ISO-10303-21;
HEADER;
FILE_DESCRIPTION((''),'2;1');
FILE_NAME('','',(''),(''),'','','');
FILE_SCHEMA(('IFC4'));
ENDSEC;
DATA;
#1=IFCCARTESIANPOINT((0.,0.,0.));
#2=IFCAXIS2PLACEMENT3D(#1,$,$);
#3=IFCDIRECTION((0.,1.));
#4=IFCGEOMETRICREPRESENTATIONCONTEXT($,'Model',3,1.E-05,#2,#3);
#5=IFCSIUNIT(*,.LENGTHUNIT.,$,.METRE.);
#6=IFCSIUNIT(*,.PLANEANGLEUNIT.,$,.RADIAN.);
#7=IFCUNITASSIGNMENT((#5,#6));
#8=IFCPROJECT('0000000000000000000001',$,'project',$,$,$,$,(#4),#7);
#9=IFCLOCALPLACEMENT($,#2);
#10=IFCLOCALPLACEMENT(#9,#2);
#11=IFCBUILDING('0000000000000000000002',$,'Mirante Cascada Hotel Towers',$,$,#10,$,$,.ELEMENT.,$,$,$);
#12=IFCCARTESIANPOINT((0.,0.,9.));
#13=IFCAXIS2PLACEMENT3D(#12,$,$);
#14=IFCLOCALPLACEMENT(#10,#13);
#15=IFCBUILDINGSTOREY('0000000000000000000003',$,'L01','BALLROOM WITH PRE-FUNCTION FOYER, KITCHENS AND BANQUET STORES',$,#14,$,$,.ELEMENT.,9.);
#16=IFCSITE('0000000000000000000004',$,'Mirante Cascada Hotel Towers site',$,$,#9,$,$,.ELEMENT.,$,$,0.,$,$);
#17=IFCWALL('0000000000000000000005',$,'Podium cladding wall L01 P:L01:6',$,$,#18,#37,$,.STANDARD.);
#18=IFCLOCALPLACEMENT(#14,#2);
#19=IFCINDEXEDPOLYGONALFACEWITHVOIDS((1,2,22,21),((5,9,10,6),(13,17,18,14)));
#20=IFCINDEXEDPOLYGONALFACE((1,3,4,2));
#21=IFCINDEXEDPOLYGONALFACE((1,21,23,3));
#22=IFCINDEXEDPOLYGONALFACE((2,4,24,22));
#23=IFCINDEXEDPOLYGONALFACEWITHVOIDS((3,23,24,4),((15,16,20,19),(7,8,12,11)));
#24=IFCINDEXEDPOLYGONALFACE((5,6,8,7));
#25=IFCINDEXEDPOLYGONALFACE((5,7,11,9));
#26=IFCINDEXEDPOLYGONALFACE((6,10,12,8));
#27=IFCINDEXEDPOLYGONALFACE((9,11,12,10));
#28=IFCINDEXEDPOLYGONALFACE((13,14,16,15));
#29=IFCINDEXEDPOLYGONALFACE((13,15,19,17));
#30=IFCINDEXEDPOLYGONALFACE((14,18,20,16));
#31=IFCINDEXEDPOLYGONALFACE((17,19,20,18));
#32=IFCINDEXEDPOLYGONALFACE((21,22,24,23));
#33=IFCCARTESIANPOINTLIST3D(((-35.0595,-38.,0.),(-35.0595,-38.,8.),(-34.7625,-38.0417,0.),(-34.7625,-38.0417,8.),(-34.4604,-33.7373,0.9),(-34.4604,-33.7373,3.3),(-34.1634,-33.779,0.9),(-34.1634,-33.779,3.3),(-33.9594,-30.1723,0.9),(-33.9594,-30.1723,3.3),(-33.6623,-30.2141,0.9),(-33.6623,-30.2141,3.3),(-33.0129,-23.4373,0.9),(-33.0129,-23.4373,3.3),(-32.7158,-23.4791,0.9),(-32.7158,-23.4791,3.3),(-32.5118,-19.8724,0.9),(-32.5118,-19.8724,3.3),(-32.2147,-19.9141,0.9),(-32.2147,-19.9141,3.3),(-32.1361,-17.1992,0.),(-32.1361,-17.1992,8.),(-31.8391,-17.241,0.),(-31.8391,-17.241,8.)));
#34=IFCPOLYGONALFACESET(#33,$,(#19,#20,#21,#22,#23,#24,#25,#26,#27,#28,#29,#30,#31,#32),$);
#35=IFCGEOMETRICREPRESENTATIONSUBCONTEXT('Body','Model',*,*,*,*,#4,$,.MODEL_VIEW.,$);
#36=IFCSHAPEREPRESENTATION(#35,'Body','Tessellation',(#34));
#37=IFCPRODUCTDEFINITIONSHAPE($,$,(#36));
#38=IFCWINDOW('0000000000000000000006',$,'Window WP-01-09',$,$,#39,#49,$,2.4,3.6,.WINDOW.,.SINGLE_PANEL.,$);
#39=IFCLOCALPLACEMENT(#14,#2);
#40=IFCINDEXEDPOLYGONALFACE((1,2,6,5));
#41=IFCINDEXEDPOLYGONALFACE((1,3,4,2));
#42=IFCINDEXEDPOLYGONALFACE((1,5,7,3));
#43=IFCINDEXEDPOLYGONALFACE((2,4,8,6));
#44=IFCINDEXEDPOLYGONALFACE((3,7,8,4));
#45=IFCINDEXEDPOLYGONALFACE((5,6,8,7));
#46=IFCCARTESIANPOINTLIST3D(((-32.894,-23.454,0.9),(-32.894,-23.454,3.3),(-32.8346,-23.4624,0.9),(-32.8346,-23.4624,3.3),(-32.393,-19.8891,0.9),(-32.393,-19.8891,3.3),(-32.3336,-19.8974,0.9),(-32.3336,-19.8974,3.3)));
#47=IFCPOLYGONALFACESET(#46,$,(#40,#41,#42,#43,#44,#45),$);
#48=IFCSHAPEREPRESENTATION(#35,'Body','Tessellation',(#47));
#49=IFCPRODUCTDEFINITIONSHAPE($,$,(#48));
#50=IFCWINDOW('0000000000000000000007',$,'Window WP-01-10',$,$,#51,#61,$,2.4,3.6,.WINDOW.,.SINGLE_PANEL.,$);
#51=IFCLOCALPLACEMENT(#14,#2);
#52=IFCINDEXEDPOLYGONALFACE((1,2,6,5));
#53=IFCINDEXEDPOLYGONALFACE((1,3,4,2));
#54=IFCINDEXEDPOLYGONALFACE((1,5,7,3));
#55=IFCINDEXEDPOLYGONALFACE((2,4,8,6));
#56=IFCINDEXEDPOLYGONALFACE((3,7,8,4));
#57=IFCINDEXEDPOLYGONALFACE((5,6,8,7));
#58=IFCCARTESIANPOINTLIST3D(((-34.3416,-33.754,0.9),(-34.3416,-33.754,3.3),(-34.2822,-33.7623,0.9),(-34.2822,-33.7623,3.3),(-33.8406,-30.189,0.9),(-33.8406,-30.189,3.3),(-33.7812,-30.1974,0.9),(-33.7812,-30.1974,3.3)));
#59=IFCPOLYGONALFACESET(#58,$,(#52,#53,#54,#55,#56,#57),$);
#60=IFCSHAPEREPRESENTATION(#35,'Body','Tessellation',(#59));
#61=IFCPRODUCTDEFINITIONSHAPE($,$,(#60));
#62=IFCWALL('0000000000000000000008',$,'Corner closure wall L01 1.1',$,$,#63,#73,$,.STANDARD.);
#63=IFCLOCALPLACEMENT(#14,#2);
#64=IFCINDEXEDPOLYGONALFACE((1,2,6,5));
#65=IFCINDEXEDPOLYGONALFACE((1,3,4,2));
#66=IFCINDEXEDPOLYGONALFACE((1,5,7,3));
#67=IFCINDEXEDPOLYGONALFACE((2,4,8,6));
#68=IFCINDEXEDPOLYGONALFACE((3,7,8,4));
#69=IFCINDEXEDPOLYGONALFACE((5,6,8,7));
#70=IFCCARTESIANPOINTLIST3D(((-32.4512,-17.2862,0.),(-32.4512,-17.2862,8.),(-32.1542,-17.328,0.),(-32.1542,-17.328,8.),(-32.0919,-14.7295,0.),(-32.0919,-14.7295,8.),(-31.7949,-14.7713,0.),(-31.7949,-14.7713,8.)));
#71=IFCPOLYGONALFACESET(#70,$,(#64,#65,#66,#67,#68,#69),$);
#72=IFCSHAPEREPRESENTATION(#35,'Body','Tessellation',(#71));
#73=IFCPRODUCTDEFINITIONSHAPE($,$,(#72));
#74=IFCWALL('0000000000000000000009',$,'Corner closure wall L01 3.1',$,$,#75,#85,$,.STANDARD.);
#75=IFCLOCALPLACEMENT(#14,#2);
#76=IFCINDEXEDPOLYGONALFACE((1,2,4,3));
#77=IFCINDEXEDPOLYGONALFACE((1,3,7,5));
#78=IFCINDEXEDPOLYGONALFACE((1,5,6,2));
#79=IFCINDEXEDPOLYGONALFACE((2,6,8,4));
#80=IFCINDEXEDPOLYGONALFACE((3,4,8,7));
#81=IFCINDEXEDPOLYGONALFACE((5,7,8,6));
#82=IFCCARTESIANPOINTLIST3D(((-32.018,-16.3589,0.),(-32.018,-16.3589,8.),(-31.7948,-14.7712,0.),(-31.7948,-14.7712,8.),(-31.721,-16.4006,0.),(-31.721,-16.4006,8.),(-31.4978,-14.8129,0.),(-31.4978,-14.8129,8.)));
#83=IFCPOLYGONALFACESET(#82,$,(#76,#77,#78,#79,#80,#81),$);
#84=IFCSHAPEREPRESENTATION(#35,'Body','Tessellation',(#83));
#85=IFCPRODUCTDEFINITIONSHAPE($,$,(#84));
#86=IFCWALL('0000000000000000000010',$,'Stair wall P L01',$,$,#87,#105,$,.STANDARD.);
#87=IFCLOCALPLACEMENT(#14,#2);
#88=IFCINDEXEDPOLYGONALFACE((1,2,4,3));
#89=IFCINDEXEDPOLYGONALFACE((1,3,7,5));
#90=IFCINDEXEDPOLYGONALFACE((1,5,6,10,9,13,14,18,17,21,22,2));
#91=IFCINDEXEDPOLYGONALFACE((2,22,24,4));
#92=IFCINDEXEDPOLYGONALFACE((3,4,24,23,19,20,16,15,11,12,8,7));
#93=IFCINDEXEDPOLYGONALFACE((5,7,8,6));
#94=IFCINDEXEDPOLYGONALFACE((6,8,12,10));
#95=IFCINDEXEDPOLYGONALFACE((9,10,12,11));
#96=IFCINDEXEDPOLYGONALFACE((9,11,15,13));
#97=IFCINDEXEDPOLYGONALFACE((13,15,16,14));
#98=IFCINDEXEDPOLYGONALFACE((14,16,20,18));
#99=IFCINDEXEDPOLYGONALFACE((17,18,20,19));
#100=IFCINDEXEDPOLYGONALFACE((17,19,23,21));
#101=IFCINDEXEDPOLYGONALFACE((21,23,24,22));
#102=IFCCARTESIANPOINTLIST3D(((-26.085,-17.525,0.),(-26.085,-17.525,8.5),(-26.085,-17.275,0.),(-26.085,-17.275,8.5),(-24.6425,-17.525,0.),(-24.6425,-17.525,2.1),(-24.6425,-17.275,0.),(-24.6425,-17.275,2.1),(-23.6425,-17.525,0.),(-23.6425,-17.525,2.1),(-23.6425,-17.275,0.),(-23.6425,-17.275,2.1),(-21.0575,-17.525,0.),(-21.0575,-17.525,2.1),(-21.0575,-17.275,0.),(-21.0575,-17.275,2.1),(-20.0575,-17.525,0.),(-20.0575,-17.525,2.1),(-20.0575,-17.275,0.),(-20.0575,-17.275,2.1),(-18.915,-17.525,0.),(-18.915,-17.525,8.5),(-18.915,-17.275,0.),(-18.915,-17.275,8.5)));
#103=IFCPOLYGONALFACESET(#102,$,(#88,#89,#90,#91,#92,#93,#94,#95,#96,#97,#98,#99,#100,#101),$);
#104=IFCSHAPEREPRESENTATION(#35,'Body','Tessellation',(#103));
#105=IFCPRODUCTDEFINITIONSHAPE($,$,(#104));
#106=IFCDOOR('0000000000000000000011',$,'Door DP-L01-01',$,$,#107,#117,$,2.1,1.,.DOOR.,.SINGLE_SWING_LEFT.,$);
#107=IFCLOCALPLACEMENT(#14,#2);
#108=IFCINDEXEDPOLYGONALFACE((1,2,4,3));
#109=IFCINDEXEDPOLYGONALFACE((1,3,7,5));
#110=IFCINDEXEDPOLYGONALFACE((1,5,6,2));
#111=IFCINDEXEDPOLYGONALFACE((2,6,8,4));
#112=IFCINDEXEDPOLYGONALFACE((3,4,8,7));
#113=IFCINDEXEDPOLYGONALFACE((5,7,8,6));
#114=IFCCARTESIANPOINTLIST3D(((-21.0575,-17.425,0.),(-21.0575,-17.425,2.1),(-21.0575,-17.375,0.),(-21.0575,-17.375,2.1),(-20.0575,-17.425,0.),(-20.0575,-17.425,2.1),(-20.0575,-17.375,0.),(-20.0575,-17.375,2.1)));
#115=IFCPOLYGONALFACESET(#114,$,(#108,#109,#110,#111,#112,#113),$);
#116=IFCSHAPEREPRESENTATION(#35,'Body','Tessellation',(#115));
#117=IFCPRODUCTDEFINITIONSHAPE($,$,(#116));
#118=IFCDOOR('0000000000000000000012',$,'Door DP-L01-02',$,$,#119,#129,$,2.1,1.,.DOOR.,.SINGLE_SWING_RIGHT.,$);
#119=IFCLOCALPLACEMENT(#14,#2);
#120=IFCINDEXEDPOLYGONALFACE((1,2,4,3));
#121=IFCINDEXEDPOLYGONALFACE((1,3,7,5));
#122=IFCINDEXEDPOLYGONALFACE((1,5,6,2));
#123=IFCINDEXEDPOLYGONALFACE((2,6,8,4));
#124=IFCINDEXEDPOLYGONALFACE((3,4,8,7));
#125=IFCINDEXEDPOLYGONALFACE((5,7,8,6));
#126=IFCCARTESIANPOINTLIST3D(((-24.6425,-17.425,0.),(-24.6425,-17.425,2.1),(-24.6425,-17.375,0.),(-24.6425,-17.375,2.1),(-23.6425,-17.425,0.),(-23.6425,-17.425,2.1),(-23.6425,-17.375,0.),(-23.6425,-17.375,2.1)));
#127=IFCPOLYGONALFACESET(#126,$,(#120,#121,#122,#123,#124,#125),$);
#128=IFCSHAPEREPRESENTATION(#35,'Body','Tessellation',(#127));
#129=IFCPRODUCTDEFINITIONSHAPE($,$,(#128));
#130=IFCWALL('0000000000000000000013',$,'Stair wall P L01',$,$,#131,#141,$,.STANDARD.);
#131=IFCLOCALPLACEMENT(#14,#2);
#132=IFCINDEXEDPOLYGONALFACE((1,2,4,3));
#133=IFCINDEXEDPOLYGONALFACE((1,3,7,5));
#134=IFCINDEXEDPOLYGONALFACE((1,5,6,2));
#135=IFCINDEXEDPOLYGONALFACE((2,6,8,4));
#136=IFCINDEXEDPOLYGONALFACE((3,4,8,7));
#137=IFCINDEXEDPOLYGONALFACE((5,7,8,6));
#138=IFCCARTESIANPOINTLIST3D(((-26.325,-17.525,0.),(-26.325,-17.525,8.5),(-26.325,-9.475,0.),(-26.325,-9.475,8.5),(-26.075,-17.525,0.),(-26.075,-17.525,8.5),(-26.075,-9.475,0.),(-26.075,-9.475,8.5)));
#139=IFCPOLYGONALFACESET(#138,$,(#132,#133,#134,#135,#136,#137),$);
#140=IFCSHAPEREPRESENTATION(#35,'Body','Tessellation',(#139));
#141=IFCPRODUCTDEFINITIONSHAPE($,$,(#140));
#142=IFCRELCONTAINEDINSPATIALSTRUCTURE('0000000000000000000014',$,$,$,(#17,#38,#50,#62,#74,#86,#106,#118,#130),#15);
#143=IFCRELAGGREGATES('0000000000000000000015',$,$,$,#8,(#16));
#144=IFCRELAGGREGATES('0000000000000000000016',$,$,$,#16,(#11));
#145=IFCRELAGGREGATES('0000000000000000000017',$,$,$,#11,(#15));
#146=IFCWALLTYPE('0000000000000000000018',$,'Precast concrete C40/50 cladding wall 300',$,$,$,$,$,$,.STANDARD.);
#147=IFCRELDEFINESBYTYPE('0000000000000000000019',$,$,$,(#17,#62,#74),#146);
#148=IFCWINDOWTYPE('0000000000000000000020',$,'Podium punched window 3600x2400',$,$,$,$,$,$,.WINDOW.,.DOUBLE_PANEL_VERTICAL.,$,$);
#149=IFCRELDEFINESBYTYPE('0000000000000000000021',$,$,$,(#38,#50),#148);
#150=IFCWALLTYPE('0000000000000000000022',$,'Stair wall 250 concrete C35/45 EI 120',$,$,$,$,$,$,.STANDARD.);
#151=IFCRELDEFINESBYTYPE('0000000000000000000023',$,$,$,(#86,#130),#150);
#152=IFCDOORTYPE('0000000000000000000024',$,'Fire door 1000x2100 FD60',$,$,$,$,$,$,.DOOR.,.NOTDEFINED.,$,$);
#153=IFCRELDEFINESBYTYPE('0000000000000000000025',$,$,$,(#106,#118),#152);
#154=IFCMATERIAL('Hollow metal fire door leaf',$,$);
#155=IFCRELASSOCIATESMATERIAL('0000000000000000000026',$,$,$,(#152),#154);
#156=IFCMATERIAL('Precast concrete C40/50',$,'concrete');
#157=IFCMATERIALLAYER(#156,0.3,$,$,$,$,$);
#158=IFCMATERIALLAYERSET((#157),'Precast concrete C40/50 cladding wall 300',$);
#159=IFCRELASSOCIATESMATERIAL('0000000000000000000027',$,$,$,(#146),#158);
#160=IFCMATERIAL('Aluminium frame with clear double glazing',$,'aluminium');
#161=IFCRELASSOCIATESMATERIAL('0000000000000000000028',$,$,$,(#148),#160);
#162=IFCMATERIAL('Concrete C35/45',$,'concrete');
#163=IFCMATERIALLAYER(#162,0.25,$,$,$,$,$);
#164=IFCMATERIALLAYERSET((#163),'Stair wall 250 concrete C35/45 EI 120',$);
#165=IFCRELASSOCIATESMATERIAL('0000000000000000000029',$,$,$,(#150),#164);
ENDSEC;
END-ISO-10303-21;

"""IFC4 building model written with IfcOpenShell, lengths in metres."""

from ifc_helpers import new_model, si_unit, direction, frame, frame_2d, origin, place, context, subcontext, project, spatial, rectangle, extrude, material, layer, layer_set, type_object, element, fill, save


model = new_model("IFC4")

# Units and contexts
model_context = context("Model", 3, precision=1e-05, world=origin(), true_north=direction((0.0, 1.0)))
body_context = subcontext(model_context, "Body", "Model", "MODEL_VIEW")
ifc_project = project(units=[si_unit("LENGTHUNIT", "METRE"), si_unit("PLANEANGLEUNIT", "RADIAN")], contexts=[model_context])

# Site, building, storey
site_placement = place(None, origin())
site = spatial("IfcSite", under=ifc_project, at=site_placement, Name="Mirante Cascada Hotel Towers site", CompositionType="ELEMENT", RefElevation=0.0)
building_placement = place(site_placement, origin())
building = spatial("IfcBuilding", under=site, at=building_placement, Name="Mirante Cascada Hotel Towers", CompositionType="ELEMENT")
storey_placement = place(building_placement, frame((0.0, 0.0, 9.0)))
storey = spatial("IfcBuildingStorey", under=building, at=storey_placement, Name="L01", Description="BALLROOM WITH PRE-FUNCTION FOYER, KITCHENS AND BANQUET STORES", CompositionType="ELEMENT", Elevation=9.0)

# Shared definitions
ifc_material_1 = material(Name="Hollow metal fire door leaf")
door_type = type_object("IfcDoorType", Name="Fire door 1000x2100 FD60", OperationType="NOTDEFINED", PredefinedType="DOOR", material=ifc_material_1)

# Shared definitions
ifc_material_2 = material(Name="Precast concrete C40/50", Category="concrete")
ifc_layer_1 = layer(ifc_material_2, 0.3)
ifc_layer_set_1 = layer_set([ifc_layer_1], Name="Precast concrete C40/50 cladding wall 300")
wall_type_1 = type_object("IfcWallType", Name="Precast concrete C40/50 cladding wall 300", PredefinedType="STANDARD", material=ifc_layer_set_1)

# Wall, openings, windows
wall_1_placement = place(storey_placement, frame((-31.9876, -17.2201, 0.0), z_axis=(0.0, 0.0, 1.0), x_axis=(-0.139175, -0.990268, 0.0)))
wall_1 = element("IfcWall", 1, at=wall_1_placement, inside=storey, type_object=wall_type_1, Name="Podium cladding wall L01 P:L01:6", PredefinedType="STANDARD", context=body_context, shape_type="SweptSolid", body=[
    extrude(rectangle(XDim=21.0052, YDim=0.3, at=frame_2d((10.5026, 0.0))), origin(), (0.0, 0.0, 1.0), 8.0),
])
opening_1_placement = place(wall_1_placement, frame((2.6994, 0.0, 0.9)))
opening_1 = element("IfcOpeningElement", 2, at=opening_1_placement, cuts=wall_1, PredefinedType="OPENING", context=body_context, shape_type="SweptSolid", body=[
    extrude(rectangle(XDim=3.6, YDim=2.4, at=frame_2d((1.8, 1.2))), frame((0.0, 0.15, 0.0), z_axis=(0.0, -1.0, 0.0), x_axis=(1.0, 0.0, 0.0)), (0.0, 0.0, 1.0), 0.3),
])
opening_2_placement = place(wall_1_placement, frame((13.1006, 0.0, 0.9)))
opening_2 = element("IfcOpeningElement", 3, at=opening_2_placement, cuts=wall_1, PredefinedType="OPENING", context=body_context, shape_type="SweptSolid", body=[
    extrude(rectangle(XDim=3.6, YDim=2.4, at=frame_2d((1.8, 1.2))), frame((0.0, 0.15, 0.0), z_axis=(0.0, -1.0, 0.0), x_axis=(1.0, 0.0, 0.0)), (0.0, 0.0, 1.0), 0.3),
])
ifc_material_3 = material(Name="Aluminium frame with clear double glazing", Category="aluminium")
window_type_1 = type_object("IfcWindowType", Name="Podium punched window 3600x2400", PartitioningType="DOUBLE_PANEL_VERTICAL", PredefinedType="WINDOW", material=ifc_material_3)
window_1_placement = place(opening_1_placement, origin())
window_1 = element("IfcWindow", 4, at=window_1_placement, inside=storey, type_object=window_type_1, Name="Window WP-01-09", OverallHeight=2.4, OverallWidth=3.6, PartitioningType="SINGLE_PANEL", PredefinedType="WINDOW", context=body_context, shape_type="SweptSolid", body=[
    extrude(rectangle(XDim=3.6, YDim=2.4, at=frame_2d((1.8, 1.2))), frame((0.0, 0.03, 0.0), z_axis=(0.0, -1.0, 0.0), x_axis=(1.0, 0.0, 0.0)), (0.0, 0.0, 1.0), 0.06),
])
fill(opening_1, window_1)
window_2_placement = place(opening_2_placement, origin())
window_2 = element("IfcWindow", 5, at=window_2_placement, inside=storey, type_object=window_type_1, Name="Window WP-01-10", OverallHeight=2.4, OverallWidth=3.6, PartitioningType="SINGLE_PANEL", PredefinedType="WINDOW", context=body_context, shape_type="SweptSolid", body=[
    extrude(rectangle(XDim=3.6, YDim=2.4, at=frame_2d((1.8, 1.2))), frame((0.0, 0.03, 0.0), z_axis=(0.0, -1.0, 0.0), x_axis=(1.0, 0.0, 0.0)), (0.0, 0.0, 1.0), 0.06),
])
fill(opening_2, window_2)

# Walls
wall_2_placement = place(storey_placement, frame((-32.3027, -17.3071, 0.0), z_axis=(0.0, 0.0, 1.0), x_axis=(0.139165, 0.990269, 0.0)))
element("IfcWall", 6, at=wall_2_placement, inside=storey, type_object=wall_type_1, Name="Corner closure wall L01 1.1", PredefinedType="STANDARD", context=body_context, shape_type="SweptSolid", body=[
    extrude(rectangle(XDim=2.5818, YDim=0.3, at=frame_2d((1.2909, 0.0))), origin(), (0.0, 0.0, 1.0), 8.0),
])
wall_3_placement = place(storey_placement, frame((-31.6463, -14.7921, 0.0), z_axis=(0.0, 0.0, 1.0), x_axis=(-0.139212, -0.990263, 0.0)))
element("IfcWall", 7, at=wall_3_placement, inside=storey, type_object=wall_type_1, Name="Corner closure wall L01 3.1", PredefinedType="STANDARD", context=body_context, shape_type="SweptSolid", body=[
    extrude(rectangle(XDim=1.6033, YDim=0.3, at=frame_2d((0.8016, 0.0))), origin(), (0.0, 0.0, 1.0), 8.0),
])

# Wall, openings, doors
ifc_material_4 = material(Name="Concrete C35/45", Category="concrete")
ifc_layer_2 = layer(ifc_material_4, 0.25)
ifc_layer_set_2 = layer_set([ifc_layer_2], Name="Stair wall 250 concrete C35/45 EI 120")
wall_type_2 = type_object("IfcWallType", Name="Stair wall 250 concrete C35/45 EI 120", PredefinedType="STANDARD", material=ifc_layer_set_2)
wall_4_placement = place(storey_placement, frame((-26.085, -17.4, 0.0), z_axis=(0.0, 0.0, 1.0), x_axis=(1.0, 0.0, 0.0)))
wall_4 = element("IfcWall", 8, at=wall_4_placement, inside=storey, type_object=wall_type_2, Name="Stair wall P L01", PredefinedType="STANDARD", context=body_context, shape_type="SweptSolid", body=[
    extrude(rectangle(XDim=7.17, YDim=0.25, at=frame_2d((3.585, 0.0))), origin(), (0.0, 0.0, 1.0), 8.5),
])
opening_3_placement = place(wall_4_placement, frame((5.0275, 0.0, 0.0)))
opening_3 = element("IfcOpeningElement", 9, at=opening_3_placement, cuts=wall_4, PredefinedType="OPENING", context=body_context, shape_type="SweptSolid", body=[
    extrude(rectangle(XDim=1.0, YDim=2.1, at=frame_2d((0.5, 1.05))), frame((0.0, 0.125, 0.0), z_axis=(0.0, -1.0, 0.0), x_axis=(1.0, 0.0, 0.0)), (0.0, 0.0, 1.0), 0.25),
])
opening_4_placement = place(wall_4_placement, frame((1.4425, 0.0, 0.0)))
opening_4 = element("IfcOpeningElement", 10, at=opening_4_placement, cuts=wall_4, PredefinedType="OPENING", context=body_context, shape_type="SweptSolid", body=[
    extrude(rectangle(XDim=1.0, YDim=2.1, at=frame_2d((0.5, 1.05))), frame((0.0, 0.125, 0.0), z_axis=(0.0, -1.0, 0.0), x_axis=(1.0, 0.0, 0.0)), (0.0, 0.0, 1.0), 0.25),
])
door_1_placement = place(opening_3_placement, origin())
door_1 = element("IfcDoor", 11, at=door_1_placement, inside=storey, type_object=door_type, Name="Door DP-L01-01", OperationType="SINGLE_SWING_LEFT", OverallHeight=2.1, OverallWidth=1.0, PredefinedType="DOOR", context=body_context, shape_type="SweptSolid", body=[
    extrude(rectangle(XDim=1.0, YDim=2.1, at=frame_2d((0.5, 1.05))), frame((0.0, 0.025, 0.0), z_axis=(0.0, -1.0, 0.0), x_axis=(1.0, 0.0, 0.0)), (0.0, 0.0, 1.0), 0.05),
])
fill(opening_3, door_1)
door_2_placement = place(opening_4_placement, origin())
door_2 = element("IfcDoor", 12, at=door_2_placement, inside=storey, type_object=door_type, Name="Door DP-L01-02", OperationType="SINGLE_SWING_RIGHT", OverallHeight=2.1, OverallWidth=1.0, PredefinedType="DOOR", context=body_context, shape_type="SweptSolid", body=[
    extrude(rectangle(XDim=1.0, YDim=2.1, at=frame_2d((0.5, 1.05))), frame((0.0, 0.025, 0.0), z_axis=(0.0, -1.0, 0.0), x_axis=(1.0, 0.0, 0.0)), (0.0, 0.0, 1.0), 0.05),
])
fill(opening_4, door_2)

# Wall
wall_5_placement = place(storey_placement, frame((-26.2, -17.525, 0.0), z_axis=(0.0, 0.0, 1.0), x_axis=(0.0, 1.0, 0.0)))
element("IfcWall", 13, at=wall_5_placement, inside=storey, type_object=wall_type_2, Name="Stair wall P L01", PredefinedType="STANDARD", context=body_context, shape_type="SweptSolid", body=[
    extrude(rectangle(XDim=8.05, YDim=0.25, at=frame_2d((4.025, 0.0))), origin(), (0.0, 0.0, 1.0), 8.5),
])

save(model, "model.ifc")
